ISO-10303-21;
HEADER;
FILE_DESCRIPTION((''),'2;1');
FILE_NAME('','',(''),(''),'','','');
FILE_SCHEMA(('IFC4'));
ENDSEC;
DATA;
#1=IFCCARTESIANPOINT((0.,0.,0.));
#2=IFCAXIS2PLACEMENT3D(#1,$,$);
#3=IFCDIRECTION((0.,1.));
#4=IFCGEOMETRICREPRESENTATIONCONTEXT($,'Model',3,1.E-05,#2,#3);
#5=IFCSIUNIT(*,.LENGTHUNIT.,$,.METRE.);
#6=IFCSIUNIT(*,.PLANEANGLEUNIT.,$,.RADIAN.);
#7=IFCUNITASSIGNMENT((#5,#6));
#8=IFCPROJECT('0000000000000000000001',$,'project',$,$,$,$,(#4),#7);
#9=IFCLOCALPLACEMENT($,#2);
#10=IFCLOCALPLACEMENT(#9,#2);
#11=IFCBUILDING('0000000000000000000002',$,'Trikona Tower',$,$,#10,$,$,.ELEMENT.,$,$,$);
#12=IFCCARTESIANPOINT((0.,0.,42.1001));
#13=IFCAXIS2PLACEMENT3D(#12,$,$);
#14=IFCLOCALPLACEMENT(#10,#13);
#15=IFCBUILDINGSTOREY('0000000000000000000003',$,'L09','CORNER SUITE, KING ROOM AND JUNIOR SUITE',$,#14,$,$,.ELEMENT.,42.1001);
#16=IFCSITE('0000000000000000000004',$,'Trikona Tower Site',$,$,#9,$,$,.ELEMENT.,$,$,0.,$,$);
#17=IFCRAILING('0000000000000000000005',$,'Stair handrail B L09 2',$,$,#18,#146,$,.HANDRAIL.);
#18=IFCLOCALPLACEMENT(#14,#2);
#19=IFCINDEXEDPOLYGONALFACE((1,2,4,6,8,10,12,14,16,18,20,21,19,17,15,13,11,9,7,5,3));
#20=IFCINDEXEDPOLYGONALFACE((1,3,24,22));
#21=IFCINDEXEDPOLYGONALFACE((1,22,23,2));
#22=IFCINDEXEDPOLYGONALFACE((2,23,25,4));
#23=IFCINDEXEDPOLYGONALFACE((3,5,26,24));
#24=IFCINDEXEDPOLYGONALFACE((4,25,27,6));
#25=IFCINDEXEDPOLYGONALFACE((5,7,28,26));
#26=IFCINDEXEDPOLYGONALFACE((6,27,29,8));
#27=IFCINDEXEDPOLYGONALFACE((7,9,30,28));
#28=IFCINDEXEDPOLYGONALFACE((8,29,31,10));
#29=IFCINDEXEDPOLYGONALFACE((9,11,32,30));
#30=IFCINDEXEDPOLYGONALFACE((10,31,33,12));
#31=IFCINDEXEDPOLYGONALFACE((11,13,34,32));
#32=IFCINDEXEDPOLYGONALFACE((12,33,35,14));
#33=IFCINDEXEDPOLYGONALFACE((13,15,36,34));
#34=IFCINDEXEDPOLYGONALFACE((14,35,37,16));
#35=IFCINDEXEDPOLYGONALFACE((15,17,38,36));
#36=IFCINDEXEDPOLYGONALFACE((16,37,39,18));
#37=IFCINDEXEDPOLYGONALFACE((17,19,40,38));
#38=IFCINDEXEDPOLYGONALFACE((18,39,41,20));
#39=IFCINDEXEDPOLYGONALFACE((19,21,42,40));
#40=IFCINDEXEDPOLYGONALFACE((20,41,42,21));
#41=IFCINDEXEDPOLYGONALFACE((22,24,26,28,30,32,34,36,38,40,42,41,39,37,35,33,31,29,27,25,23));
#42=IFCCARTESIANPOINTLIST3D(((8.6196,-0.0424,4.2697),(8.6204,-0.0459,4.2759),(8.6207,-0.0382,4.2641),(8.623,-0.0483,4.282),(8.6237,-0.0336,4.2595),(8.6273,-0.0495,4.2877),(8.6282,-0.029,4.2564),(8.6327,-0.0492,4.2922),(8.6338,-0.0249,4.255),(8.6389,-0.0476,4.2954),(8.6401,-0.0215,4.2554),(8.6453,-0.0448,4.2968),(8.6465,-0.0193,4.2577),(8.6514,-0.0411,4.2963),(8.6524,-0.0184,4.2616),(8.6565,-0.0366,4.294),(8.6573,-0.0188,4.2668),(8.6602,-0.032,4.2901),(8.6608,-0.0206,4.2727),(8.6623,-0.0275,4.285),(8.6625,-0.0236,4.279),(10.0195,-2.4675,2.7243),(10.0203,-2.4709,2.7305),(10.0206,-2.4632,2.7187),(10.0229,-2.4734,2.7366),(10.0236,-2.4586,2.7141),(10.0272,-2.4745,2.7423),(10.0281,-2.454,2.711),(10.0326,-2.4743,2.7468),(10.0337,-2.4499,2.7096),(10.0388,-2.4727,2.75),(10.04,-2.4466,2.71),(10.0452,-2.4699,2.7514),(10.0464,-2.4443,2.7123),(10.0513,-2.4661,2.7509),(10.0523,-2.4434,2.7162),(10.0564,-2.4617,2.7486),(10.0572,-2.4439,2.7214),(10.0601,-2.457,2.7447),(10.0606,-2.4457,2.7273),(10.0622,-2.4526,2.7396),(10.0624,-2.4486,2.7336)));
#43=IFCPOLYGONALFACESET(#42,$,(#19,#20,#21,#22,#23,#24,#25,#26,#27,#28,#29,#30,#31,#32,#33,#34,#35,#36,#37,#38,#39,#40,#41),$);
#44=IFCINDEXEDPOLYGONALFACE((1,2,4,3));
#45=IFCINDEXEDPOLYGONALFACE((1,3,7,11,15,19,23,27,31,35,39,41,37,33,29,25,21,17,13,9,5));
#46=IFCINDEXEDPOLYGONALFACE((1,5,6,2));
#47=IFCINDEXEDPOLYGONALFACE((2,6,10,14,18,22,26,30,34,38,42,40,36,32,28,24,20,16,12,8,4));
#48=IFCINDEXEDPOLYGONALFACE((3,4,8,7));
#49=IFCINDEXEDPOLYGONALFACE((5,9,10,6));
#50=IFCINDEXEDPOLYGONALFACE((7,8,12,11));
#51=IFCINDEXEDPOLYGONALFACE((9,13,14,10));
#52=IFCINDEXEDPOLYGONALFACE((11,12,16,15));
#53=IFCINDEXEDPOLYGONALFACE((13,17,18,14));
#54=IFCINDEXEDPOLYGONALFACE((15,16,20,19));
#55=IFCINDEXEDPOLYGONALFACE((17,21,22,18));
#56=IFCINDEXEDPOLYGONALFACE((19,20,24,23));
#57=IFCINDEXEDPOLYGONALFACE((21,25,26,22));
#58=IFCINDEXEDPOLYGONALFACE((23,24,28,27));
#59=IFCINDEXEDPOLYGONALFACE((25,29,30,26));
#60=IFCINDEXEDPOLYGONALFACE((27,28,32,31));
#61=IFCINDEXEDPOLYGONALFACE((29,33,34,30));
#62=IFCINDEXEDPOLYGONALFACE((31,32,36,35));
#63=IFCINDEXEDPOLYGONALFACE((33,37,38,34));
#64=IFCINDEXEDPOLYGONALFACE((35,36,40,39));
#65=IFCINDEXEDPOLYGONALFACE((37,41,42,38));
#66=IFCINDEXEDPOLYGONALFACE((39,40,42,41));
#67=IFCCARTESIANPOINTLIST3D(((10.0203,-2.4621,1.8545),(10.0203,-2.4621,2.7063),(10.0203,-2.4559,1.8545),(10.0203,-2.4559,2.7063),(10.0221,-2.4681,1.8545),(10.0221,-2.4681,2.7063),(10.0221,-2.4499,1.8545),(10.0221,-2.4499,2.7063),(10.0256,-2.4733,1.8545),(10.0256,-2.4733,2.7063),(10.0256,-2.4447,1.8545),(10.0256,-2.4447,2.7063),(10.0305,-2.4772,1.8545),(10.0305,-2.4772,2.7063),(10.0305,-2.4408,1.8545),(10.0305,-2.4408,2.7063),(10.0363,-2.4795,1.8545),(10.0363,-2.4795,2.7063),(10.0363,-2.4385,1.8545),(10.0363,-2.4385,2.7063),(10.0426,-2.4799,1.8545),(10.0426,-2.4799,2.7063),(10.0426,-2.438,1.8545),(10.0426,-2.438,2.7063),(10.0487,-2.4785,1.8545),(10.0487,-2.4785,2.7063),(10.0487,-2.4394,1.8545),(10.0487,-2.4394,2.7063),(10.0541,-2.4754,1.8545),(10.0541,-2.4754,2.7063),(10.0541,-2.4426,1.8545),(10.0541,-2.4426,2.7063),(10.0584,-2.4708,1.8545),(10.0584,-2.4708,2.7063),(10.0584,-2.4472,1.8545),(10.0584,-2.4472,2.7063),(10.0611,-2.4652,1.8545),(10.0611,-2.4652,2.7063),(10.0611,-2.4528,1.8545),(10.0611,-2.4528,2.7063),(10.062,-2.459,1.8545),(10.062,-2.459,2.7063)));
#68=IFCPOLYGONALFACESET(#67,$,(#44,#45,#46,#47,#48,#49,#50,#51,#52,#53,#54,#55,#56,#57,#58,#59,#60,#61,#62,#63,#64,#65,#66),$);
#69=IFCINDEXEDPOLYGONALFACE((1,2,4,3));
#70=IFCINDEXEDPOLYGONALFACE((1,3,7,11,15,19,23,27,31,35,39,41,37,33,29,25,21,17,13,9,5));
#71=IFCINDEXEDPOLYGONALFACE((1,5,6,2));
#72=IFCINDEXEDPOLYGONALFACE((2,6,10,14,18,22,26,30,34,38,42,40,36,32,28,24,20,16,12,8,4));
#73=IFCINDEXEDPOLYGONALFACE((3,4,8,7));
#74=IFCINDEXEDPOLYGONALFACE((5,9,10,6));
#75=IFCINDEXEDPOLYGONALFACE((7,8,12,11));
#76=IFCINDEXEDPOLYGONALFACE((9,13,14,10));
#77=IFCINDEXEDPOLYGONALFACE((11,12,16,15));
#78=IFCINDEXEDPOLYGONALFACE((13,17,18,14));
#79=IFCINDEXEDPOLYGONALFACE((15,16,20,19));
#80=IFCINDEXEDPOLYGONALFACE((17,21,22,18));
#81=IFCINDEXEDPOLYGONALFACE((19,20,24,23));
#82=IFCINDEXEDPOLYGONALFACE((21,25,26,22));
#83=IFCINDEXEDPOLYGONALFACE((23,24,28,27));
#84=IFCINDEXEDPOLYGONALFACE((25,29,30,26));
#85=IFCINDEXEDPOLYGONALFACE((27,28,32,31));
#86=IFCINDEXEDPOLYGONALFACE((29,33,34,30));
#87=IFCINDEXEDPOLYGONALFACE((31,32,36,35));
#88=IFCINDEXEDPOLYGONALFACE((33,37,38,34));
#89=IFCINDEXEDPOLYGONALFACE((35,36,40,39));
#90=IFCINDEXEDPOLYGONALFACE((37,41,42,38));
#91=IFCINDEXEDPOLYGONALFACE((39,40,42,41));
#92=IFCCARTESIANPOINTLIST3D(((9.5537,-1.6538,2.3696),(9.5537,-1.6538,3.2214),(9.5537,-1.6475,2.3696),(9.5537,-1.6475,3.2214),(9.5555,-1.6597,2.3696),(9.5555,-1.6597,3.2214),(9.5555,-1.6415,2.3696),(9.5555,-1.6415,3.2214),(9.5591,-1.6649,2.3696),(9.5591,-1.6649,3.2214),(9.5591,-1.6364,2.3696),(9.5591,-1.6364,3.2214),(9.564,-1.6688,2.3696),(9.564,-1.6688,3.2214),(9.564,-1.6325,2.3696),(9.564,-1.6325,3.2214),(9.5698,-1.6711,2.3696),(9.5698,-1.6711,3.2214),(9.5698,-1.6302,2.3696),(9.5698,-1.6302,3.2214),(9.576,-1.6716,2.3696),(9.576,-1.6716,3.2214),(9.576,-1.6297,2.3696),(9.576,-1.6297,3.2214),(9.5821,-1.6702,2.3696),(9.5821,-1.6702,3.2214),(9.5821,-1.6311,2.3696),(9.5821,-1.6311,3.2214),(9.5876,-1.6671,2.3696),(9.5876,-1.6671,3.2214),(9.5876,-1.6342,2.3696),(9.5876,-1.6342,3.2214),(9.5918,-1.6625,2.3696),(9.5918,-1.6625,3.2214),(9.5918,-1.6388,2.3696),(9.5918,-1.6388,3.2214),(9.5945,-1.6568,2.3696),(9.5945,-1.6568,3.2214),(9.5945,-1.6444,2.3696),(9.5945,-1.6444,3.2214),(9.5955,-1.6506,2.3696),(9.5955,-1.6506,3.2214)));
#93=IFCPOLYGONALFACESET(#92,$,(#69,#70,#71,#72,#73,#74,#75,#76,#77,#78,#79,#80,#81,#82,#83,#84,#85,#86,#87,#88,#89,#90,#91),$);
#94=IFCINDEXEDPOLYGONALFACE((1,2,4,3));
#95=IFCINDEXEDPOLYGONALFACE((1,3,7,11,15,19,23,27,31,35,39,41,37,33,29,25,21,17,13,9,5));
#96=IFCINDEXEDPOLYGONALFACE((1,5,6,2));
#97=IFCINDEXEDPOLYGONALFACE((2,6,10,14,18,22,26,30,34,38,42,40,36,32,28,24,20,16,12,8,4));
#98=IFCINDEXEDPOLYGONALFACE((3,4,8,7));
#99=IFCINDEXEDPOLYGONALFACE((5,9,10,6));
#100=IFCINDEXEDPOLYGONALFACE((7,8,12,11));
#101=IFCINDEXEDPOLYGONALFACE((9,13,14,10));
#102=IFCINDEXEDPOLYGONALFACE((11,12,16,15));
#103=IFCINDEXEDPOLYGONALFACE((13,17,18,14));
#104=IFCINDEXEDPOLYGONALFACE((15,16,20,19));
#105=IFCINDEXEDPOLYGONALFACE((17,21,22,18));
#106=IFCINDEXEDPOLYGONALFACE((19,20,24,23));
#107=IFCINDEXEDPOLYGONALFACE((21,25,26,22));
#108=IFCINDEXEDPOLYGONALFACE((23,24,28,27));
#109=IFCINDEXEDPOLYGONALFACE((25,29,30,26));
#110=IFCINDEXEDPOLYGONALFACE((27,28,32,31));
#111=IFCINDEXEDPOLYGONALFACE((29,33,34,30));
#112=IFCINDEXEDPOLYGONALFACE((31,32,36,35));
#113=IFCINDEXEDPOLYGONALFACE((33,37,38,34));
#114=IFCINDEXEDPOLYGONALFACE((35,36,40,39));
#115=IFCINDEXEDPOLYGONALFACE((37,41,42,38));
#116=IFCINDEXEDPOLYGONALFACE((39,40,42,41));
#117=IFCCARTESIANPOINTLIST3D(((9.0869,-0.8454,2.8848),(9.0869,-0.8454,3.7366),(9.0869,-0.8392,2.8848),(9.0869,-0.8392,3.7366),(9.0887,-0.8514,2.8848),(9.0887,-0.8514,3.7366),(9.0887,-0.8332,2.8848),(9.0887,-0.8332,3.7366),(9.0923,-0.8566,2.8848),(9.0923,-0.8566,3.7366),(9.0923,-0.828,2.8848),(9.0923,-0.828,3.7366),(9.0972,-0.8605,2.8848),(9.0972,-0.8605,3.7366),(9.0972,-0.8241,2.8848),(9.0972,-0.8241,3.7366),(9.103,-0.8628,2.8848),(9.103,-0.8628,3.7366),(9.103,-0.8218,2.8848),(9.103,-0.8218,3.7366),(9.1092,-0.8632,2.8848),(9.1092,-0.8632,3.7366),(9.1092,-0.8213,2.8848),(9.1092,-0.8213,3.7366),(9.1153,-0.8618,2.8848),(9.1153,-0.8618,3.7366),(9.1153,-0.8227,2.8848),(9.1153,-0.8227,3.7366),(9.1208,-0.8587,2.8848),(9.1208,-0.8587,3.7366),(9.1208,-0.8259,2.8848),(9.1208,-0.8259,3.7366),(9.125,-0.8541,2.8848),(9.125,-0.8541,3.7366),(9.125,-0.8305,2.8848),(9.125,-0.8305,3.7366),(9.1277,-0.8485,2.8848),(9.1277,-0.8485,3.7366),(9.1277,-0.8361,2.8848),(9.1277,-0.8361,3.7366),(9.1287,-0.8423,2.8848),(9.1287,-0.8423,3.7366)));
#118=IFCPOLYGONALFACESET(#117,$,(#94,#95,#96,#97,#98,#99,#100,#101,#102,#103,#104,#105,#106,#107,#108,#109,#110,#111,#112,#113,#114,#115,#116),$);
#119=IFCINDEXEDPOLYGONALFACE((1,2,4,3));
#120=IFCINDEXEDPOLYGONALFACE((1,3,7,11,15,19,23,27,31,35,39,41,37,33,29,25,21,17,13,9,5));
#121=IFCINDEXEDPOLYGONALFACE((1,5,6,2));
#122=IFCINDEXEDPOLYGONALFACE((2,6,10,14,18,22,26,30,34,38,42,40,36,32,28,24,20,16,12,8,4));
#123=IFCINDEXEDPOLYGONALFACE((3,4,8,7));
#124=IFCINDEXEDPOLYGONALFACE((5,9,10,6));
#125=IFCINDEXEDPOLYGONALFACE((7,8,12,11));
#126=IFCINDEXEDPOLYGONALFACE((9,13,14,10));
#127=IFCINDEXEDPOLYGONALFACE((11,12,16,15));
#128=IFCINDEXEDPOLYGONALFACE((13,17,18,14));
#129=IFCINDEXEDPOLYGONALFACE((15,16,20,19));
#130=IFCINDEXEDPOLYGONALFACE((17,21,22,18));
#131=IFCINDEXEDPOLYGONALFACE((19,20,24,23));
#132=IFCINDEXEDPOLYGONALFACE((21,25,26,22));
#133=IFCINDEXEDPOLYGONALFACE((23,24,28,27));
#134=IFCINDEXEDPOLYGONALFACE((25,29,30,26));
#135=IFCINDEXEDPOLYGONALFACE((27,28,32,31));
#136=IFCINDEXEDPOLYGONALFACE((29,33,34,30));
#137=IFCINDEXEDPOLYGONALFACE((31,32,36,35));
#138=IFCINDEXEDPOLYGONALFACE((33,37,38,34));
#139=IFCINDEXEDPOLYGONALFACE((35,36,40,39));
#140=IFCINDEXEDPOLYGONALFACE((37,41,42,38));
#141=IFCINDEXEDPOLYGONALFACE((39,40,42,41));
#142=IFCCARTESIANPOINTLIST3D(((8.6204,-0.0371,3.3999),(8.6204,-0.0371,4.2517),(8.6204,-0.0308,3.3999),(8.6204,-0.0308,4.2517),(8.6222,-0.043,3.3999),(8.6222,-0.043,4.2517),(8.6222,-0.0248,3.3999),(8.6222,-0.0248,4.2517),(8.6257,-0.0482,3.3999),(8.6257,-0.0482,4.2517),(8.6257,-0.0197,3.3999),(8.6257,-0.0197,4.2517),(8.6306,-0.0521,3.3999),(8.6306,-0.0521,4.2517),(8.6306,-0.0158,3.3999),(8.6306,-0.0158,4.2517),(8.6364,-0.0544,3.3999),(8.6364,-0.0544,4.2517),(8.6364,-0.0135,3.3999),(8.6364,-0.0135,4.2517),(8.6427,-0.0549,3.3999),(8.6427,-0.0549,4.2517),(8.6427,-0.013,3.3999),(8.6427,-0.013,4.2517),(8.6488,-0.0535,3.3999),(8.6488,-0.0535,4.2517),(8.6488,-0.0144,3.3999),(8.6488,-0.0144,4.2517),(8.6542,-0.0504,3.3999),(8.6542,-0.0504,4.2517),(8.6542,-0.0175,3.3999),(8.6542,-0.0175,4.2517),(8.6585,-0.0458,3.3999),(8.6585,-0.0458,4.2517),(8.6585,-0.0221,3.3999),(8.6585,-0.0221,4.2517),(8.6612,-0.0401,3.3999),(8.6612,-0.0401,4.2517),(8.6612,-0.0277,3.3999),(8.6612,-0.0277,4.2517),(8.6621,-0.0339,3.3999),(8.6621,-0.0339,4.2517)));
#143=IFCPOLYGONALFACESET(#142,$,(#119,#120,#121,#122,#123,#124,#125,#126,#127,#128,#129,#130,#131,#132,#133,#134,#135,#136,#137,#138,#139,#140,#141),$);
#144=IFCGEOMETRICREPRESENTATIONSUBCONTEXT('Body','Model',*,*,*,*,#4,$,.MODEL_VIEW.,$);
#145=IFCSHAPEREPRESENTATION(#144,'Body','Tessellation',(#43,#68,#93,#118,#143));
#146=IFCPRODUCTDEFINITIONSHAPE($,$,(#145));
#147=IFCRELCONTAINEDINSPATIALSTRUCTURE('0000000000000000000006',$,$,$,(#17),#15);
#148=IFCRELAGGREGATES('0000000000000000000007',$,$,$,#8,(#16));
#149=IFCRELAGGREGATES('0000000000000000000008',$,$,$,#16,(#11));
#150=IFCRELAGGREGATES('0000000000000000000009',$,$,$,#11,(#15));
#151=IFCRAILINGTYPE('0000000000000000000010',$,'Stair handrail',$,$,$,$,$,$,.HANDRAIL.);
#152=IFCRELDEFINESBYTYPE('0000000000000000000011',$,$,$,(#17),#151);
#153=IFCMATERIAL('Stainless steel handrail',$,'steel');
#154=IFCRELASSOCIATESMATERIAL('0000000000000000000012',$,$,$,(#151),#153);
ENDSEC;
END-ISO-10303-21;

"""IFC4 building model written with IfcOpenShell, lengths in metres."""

from ifc_helpers import new_model, si_unit, direction, frame, origin, origin_2d, place, context, subcontext, project, spatial, circle, extrude, material, type_object, element, save


model = new_model("IFC4")

# Units and contexts
model_context = context("Model", 3, precision=1e-05, world=origin(), true_north=direction((0.0, 1.0)))
body_context = subcontext(model_context, "Body", "Model", "MODEL_VIEW")
ifc_project = project(units=[si_unit("LENGTHUNIT", "METRE"), si_unit("PLANEANGLEUNIT", "RADIAN")], contexts=[model_context])

# Site, building, storey
site_placement = place(None, origin())
site = spatial("IfcSite", under=ifc_project, at=site_placement, Name="Trikona Tower Site", CompositionType="ELEMENT", RefElevation=0.0)
building_placement = place(site_placement, origin())
building = spatial("IfcBuilding", under=site, at=building_placement, Name="Trikona Tower", CompositionType="ELEMENT")
storey_placement = place(building_placement, frame((0.0, 0.0, 42.1001)))
storey = spatial("IfcBuildingStorey", under=building, at=storey_placement, Name="L09", Description="CORNER SUITE, KING ROOM AND JUNIOR SUITE", CompositionType="ELEMENT", Elevation=42.1001)

# Railing
ifc_material_1 = material(Name="Stainless steel handrail", Category="steel")
railing_type = type_object("IfcRailingType", Name="Stair handrail", PredefinedType="HANDRAIL", material=ifc_material_1)
railing_placement = place(storey_placement, frame((10.041, -2.459, 1.8545)))
element("IfcRailing", 1, at=railing_placement, inside=storey, type_object=railing_type, Name="Stair handrail B L09 2", PredefinedType="HANDRAIL", context=body_context, shape_type="SweptSolid", body=[
    extrude(circle(Radius=0.0239, at=origin_2d()), frame((0.0, 0.0, 0.876), z_axis=(-0.437707, 0.75824, 0.483203), x_axis=(-0.866056, -0.499946, 0.0)), (0.0, 0.0, 1.0), 3.1982),
    extrude(circle(Radius=0.021, at=origin_2d()), origin(), (0.0, 0.0, 1.0), 0.8518),
    extrude(circle(Radius=0.021, at=origin_2d()), frame((-0.4666, 0.8083, 0.5151)), (0.0, 0.0, 1.0), 0.8518),
    extrude(circle(Radius=0.021, at=origin_2d()), frame((-0.9333, 1.6167, 1.0303)), (0.0, 0.0, 1.0), 0.8518),
    extrude(circle(Radius=0.021, at=origin_2d()), frame((-1.3999, 2.425, 1.5454)), (0.0, 0.0, 1.0), 0.8518),
])

save(model, "model.ifc")
